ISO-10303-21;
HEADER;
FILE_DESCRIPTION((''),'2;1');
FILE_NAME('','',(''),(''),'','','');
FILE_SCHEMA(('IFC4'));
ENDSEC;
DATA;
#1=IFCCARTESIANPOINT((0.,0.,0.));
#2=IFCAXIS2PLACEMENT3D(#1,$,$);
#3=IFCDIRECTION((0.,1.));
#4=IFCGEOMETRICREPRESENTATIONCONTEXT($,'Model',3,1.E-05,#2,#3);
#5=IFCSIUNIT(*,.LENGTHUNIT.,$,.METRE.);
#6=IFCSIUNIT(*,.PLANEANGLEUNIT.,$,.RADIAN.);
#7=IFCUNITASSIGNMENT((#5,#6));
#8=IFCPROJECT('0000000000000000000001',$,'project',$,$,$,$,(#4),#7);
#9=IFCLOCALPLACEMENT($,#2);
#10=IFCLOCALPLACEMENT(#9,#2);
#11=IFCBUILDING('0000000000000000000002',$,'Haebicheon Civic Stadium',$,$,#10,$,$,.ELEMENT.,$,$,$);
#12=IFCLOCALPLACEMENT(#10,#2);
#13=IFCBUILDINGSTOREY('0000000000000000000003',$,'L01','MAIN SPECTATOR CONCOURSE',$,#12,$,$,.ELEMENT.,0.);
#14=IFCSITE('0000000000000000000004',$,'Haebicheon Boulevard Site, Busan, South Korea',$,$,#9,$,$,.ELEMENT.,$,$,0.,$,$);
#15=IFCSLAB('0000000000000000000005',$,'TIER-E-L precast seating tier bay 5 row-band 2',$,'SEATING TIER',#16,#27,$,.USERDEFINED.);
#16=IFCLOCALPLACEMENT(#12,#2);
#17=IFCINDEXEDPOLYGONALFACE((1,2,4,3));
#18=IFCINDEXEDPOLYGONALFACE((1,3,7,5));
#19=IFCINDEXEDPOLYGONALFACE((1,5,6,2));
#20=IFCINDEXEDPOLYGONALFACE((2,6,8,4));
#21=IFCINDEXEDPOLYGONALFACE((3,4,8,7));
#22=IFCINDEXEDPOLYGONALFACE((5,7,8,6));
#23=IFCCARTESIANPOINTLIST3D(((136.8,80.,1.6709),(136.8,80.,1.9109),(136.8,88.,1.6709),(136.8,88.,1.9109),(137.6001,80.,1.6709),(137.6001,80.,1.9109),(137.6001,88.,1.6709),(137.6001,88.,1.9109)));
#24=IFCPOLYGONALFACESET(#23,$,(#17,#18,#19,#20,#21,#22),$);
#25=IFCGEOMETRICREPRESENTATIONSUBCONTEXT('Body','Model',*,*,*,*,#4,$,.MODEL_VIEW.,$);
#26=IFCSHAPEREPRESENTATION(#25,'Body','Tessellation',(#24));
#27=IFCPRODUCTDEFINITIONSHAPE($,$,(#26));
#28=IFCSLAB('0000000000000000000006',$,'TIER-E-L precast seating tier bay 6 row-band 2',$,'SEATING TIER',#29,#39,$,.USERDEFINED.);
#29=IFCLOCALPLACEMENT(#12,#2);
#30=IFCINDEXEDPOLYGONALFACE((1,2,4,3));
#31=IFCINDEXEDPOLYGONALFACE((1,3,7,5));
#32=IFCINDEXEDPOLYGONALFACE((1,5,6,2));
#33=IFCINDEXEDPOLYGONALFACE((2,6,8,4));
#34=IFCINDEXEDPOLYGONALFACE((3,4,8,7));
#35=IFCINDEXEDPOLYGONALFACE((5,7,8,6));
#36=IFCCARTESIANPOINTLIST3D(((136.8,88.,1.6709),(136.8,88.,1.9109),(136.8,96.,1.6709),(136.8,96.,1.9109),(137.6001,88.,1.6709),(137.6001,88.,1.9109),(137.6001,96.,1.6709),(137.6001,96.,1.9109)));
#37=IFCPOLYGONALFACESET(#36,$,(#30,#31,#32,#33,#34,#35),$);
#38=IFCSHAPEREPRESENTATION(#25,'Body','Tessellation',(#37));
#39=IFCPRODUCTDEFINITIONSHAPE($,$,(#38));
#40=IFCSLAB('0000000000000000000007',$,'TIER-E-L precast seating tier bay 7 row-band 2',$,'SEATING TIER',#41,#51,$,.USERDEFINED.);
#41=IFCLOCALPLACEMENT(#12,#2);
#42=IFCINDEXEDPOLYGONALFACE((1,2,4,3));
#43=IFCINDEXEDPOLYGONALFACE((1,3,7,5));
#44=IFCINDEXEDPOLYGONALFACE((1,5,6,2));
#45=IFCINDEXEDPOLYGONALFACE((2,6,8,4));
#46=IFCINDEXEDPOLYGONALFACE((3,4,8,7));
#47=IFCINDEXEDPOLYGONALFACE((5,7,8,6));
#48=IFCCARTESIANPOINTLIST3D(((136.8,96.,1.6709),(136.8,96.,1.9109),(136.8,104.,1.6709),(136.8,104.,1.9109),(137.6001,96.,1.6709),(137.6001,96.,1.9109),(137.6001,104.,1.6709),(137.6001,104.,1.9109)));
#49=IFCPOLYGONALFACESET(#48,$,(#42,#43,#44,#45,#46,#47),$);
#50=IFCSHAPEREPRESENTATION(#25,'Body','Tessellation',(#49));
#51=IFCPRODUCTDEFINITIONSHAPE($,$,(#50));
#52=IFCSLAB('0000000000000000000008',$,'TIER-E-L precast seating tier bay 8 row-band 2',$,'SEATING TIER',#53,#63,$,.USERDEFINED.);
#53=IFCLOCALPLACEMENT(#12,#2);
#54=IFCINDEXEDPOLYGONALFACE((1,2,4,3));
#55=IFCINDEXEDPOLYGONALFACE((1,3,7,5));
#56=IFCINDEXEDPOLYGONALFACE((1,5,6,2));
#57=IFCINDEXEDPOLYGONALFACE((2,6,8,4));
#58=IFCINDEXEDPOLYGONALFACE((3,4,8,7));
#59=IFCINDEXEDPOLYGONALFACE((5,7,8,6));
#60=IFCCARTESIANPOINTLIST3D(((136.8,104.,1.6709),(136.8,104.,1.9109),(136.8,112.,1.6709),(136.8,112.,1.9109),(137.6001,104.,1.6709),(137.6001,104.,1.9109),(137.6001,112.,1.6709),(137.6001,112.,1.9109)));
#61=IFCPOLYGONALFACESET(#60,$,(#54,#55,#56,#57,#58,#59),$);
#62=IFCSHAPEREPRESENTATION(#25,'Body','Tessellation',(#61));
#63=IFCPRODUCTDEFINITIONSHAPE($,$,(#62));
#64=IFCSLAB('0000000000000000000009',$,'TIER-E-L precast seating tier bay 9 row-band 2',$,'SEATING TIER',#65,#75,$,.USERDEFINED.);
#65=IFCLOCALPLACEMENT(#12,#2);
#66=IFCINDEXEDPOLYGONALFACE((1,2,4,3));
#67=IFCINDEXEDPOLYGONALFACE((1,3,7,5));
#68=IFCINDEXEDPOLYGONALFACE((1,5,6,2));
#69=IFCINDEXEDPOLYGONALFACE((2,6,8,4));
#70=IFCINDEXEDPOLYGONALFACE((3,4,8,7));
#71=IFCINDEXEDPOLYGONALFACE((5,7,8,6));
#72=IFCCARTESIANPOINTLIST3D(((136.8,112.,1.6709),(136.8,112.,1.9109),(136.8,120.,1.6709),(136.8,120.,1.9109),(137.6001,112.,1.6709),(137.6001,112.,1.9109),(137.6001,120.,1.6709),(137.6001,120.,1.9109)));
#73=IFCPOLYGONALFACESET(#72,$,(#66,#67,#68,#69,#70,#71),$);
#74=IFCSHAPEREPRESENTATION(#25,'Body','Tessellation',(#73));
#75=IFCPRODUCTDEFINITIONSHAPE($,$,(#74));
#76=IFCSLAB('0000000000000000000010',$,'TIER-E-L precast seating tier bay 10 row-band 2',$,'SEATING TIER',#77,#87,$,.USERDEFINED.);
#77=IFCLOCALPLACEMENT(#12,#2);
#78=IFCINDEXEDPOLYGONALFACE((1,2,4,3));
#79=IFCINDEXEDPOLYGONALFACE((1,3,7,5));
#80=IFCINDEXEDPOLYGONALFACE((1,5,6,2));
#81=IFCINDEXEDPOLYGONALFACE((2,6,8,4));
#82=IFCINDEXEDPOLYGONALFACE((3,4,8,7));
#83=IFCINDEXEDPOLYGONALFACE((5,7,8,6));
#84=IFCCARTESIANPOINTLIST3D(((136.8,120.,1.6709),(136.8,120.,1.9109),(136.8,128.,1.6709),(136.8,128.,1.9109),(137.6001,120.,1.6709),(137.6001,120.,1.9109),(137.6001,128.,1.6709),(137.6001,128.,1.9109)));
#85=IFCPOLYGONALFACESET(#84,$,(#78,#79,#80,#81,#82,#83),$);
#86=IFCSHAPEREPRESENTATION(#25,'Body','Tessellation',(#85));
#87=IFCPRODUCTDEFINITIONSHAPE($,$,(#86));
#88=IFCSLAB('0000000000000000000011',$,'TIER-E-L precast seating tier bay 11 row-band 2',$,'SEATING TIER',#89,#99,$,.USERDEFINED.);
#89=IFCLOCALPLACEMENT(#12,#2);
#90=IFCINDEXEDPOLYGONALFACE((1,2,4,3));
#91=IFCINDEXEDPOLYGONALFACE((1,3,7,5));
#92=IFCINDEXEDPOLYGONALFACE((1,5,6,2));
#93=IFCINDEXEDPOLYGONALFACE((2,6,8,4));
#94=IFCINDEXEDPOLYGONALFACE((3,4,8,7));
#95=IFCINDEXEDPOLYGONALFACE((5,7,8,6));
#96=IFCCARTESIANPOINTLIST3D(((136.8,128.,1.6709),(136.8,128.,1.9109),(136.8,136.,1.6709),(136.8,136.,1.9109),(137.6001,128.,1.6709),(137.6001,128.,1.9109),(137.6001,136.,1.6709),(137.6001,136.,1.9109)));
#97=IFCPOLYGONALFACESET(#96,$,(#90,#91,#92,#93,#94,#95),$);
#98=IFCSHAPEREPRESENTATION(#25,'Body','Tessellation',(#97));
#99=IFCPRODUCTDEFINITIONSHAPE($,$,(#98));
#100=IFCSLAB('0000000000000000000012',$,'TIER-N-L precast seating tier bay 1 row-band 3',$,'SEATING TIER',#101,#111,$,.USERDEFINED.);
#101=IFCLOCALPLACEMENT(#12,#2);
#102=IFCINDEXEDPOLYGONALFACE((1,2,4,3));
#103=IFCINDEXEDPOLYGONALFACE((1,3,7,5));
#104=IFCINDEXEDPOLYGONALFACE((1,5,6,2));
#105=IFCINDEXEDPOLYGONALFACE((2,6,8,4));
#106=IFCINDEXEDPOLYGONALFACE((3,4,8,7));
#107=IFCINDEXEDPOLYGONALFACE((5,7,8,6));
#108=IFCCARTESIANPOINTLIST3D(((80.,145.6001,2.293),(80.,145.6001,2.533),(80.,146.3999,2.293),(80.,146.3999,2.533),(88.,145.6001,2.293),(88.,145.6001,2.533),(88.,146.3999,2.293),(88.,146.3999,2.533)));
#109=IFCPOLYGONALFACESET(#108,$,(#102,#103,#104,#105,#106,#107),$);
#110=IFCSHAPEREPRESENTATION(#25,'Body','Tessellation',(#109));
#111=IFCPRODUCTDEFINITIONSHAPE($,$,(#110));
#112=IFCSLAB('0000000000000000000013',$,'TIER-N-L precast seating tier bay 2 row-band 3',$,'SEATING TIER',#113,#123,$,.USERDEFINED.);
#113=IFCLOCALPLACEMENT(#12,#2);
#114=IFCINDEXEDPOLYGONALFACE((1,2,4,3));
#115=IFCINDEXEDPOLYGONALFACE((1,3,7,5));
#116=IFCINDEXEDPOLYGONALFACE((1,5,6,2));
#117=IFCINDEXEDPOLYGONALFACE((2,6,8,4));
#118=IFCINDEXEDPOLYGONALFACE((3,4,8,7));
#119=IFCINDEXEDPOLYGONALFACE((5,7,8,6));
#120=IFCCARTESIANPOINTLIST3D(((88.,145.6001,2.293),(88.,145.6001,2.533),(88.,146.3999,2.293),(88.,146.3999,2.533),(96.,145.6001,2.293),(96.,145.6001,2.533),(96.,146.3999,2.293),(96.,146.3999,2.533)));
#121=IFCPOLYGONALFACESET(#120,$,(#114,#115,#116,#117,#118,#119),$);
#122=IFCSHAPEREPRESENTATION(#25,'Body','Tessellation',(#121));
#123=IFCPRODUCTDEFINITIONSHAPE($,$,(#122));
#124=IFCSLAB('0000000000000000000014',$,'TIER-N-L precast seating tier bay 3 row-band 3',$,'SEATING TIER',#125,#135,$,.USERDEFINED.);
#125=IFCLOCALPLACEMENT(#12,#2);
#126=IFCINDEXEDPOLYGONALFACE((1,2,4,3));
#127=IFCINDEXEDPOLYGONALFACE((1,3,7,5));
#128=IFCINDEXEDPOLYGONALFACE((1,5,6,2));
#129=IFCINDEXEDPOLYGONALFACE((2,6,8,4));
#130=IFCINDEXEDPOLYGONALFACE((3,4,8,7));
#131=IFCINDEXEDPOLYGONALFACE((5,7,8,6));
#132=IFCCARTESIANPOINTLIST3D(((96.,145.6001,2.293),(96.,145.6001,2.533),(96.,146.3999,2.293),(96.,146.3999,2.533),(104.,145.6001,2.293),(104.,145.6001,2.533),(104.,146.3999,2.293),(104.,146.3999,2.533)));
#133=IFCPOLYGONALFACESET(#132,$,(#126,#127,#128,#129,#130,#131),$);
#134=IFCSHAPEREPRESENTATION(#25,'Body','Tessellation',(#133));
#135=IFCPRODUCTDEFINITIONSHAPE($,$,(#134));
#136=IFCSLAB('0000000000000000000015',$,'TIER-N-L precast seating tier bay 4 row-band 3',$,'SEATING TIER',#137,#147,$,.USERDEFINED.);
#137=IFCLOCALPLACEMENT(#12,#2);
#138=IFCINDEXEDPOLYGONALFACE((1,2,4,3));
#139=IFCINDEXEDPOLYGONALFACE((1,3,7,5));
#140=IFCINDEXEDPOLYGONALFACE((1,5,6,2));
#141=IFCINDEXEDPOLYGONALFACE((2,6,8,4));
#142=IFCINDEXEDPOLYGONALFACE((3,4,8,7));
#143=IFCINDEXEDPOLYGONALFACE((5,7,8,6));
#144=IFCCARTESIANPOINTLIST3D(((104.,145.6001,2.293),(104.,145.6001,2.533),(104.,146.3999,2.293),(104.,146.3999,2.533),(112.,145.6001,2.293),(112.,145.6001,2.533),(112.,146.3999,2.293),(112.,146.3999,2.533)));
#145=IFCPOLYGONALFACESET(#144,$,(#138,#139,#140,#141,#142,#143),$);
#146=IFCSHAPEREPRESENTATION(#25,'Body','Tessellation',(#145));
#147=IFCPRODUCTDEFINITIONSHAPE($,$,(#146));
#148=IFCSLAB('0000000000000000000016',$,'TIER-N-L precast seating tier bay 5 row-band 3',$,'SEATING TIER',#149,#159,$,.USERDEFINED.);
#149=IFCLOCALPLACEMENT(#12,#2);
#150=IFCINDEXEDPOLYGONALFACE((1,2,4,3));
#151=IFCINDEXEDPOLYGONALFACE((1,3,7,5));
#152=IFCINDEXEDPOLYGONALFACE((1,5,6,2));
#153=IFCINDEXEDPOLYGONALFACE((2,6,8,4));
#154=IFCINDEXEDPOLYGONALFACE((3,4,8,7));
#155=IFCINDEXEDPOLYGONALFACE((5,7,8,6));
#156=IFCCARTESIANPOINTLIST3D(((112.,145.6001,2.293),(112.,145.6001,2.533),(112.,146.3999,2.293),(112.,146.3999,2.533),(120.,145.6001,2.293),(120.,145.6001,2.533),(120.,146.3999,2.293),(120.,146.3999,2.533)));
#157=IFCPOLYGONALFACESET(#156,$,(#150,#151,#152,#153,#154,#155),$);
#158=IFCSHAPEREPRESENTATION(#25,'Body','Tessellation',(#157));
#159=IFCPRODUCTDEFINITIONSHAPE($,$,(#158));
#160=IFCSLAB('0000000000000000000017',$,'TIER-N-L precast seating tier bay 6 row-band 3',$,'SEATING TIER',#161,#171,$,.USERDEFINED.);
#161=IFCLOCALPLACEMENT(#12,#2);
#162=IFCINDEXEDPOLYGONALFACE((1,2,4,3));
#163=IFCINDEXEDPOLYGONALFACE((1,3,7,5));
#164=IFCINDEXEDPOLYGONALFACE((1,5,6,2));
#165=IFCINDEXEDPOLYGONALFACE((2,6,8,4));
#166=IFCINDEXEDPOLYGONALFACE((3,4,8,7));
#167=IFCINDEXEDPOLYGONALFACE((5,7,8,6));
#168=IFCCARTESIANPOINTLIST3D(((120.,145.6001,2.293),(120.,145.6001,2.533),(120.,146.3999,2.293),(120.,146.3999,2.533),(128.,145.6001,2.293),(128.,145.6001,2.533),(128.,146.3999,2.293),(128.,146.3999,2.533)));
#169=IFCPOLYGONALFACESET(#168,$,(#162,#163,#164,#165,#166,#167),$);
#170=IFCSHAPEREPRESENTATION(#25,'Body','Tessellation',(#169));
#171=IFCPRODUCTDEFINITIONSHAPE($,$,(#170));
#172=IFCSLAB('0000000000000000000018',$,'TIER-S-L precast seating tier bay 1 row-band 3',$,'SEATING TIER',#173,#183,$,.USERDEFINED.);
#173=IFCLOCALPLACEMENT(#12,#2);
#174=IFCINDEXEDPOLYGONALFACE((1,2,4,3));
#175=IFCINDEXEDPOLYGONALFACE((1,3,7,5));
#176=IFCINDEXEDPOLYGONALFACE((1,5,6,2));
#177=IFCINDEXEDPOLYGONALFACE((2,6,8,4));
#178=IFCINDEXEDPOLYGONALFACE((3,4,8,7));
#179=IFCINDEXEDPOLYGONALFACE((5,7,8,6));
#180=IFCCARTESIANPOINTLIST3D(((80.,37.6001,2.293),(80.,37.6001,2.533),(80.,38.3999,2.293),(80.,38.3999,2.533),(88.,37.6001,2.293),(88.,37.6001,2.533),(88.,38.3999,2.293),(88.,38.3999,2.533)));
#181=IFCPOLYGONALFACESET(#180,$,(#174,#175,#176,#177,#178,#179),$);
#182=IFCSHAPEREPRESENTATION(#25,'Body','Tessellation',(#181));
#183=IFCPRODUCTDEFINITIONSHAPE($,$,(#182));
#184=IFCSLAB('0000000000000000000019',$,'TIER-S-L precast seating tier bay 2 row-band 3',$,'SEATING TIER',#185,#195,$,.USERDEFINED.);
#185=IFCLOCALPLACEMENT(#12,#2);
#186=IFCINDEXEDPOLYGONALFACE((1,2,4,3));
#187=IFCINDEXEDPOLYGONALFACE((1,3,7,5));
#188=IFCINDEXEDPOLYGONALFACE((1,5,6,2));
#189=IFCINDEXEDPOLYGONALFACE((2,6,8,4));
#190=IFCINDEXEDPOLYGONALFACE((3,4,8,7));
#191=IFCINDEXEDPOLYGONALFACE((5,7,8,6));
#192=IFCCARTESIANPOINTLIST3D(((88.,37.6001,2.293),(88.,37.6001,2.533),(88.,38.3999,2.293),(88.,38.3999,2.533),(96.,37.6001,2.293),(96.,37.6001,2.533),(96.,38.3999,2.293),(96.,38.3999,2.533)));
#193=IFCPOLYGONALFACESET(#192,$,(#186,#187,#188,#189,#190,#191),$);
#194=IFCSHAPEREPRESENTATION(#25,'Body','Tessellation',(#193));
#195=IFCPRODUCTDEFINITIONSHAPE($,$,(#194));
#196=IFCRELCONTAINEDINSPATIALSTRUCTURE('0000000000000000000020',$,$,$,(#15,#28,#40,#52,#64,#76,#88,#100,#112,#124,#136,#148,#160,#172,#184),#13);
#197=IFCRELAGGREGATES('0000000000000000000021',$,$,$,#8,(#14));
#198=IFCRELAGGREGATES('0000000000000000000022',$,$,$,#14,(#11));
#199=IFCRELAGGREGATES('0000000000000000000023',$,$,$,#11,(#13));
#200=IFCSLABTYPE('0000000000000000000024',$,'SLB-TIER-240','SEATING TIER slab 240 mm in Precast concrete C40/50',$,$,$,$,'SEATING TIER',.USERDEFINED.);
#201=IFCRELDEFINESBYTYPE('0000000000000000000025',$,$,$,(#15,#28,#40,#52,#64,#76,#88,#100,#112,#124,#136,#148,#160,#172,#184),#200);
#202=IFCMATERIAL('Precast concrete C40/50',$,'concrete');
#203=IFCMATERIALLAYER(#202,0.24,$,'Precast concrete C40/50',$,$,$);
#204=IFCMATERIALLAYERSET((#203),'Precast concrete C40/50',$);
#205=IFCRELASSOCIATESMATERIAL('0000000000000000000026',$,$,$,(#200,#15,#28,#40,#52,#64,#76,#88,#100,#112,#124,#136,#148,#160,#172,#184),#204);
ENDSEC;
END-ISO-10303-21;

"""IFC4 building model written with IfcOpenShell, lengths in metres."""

from ifc_helpers import new_model, si_unit, direction, frame, origin, place, context, subcontext, project, spatial, polyline, outline, extrude, material, layer, layer_set, type_object, element, save


model = new_model("IFC4")

# Units and contexts
model_context = context("Model", 3, precision=1e-05, world=origin(), true_north=direction((0.0, 1.0)))
body_context = subcontext(model_context, "Body", "Model", "MODEL_VIEW")
ifc_project = project(units=[si_unit("LENGTHUNIT", "METRE"), si_unit("PLANEANGLEUNIT", "RADIAN")], contexts=[model_context])

# Site, building, storey
site_placement = place(None, origin())
site = spatial("IfcSite", under=ifc_project, at=site_placement, Name="Haebicheon Boulevard Site, Busan, South Korea", CompositionType="ELEMENT", RefElevation=0.0)
building_placement = place(site_placement, origin())
building = spatial("IfcBuilding", under=site, at=building_placement, Name="Haebicheon Civic Stadium", CompositionType="ELEMENT")
storey_placement = place(building_placement, origin())
storey = spatial("IfcBuildingStorey", under=building, at=storey_placement, Name="L01", Description="MAIN SPECTATOR CONCOURSE", CompositionType="ELEMENT", Elevation=0.0)

# Slabs
ifc_material = material(Name="Precast concrete C40/50", Category="concrete")
ifc_layer = layer(ifc_material, 0.24, Name="Precast concrete C40/50")
ifc_layer_set = layer_set([ifc_layer], Name="Precast concrete C40/50")
slab_type = type_object("IfcSlabType", Name="SLB-TIER-240", Description="SEATING TIER slab 240 mm in Precast concrete C40/50", ElementType="SEATING TIER", PredefinedType="USERDEFINED", material=ifc_layer_set)
slab_1_placement = place(storey_placement, frame((0.0, 0.0, 1.6709)))
element("IfcSlab", 1, at=slab_1_placement, inside=storey, type_object=slab_type, material=ifc_layer_set, Name="TIER-E-L precast seating tier bay 5 row-band 2", ObjectType="SEATING TIER", PredefinedType="USERDEFINED", context=body_context, shape_type="SweptSolid", body=[
    extrude(outline(polyline([(136.8, 80.0), (137.6001, 80.0), (137.6001, 88.0), (136.8, 88.0), (136.8, 80.0)])), origin(), (0.0, 0.0, 1.0), 0.24),
])
slab_2_placement = place(storey_placement, frame((0.0, 0.0, 1.6709)))
element("IfcSlab", 2, at=slab_2_placement, inside=storey, type_object=slab_type, material=ifc_layer_set, Name="TIER-E-L precast seating tier bay 6 row-band 2", ObjectType="SEATING TIER", PredefinedType="USERDEFINED", context=body_context, shape_type="SweptSolid", body=[
    extrude(outline(polyline([(136.8, 88.0), (137.6001, 88.0), (137.6001, 96.0), (136.8, 96.0), (136.8, 88.0)])), origin(), (0.0, 0.0, 1.0), 0.24),
])
slab_3_placement = place(storey_placement, frame((0.0, 0.0, 1.6709)))
element("IfcSlab", 3, at=slab_3_placement, inside=storey, type_object=slab_type, material=ifc_layer_set, Name="TIER-E-L precast seating tier bay 7 row-band 2", ObjectType="SEATING TIER", PredefinedType="USERDEFINED", context=body_context, shape_type="SweptSolid", body=[
    extrude(outline(polyline([(136.8, 96.0), (137.6001, 96.0), (137.6001, 104.0), (136.8, 104.0), (136.8, 96.0)])), origin(), (0.0, 0.0, 1.0), 0.24),
])
slab_4_placement = place(storey_placement, frame((0.0, 0.0, 1.6709)))
element("IfcSlab", 4, at=slab_4_placement, inside=storey, type_object=slab_type, material=ifc_layer_set, Name="TIER-E-L precast seating tier bay 8 row-band 2", ObjectType="SEATING TIER", PredefinedType="USERDEFINED", context=body_context, shape_type="SweptSolid", body=[
    extrude(outline(polyline([(136.8, 104.0), (137.6001, 104.0), (137.6001, 112.0), (136.8, 112.0), (136.8, 104.0)])), origin(), (0.0, 0.0, 1.0), 0.24),
])
slab_5_placement = place(storey_placement, frame((0.0, 0.0, 1.6709)))
element("IfcSlab", 5, at=slab_5_placement, inside=storey, type_object=slab_type, material=ifc_layer_set, Name="TIER-E-L precast seating tier bay 9 row-band 2", ObjectType="SEATING TIER", PredefinedType="USERDEFINED", context=body_context, shape_type="SweptSolid", body=[
    extrude(outline(polyline([(136.8, 112.0), (137.6001, 112.0), (137.6001, 120.0), (136.8, 120.0), (136.8, 112.0)])), origin(), (0.0, 0.0, 1.0), 0.24),
])
slab_6_placement = place(storey_placement, frame((0.0, 0.0, 1.6709)))
element("IfcSlab", 6, at=slab_6_placement, inside=storey, type_object=slab_type, material=ifc_layer_set, Name="TIER-E-L precast seating tier bay 10 row-band 2", ObjectType="SEATING TIER", PredefinedType="USERDEFINED", context=body_context, shape_type="SweptSolid", body=[
    extrude(outline(polyline([(136.8, 120.0), (137.6001, 120.0), (137.6001, 128.0), (136.8, 128.0), (136.8, 120.0)])), origin(), (0.0, 0.0, 1.0), 0.24),
])
slab_7_placement = place(storey_placement, frame((0.0, 0.0, 1.6709)))
element("IfcSlab", 7, at=slab_7_placement, inside=storey, type_object=slab_type, material=ifc_layer_set, Name="TIER-E-L precast seating tier bay 11 row-band 2", ObjectType="SEATING TIER", PredefinedType="USERDEFINED", context=body_context, shape_type="SweptSolid", body=[
    extrude(outline(polyline([(136.8, 128.0), (137.6001, 128.0), (137.6001, 136.0), (136.8, 136.0), (136.8, 128.0)])), origin(), (0.0, 0.0, 1.0), 0.24),
])
slab_8_placement = place(storey_placement, frame((0.0, 0.0, 2.293)))
element("IfcSlab", 8, at=slab_8_placement, inside=storey, type_object=slab_type, material=ifc_layer_set, Name="TIER-N-L precast seating tier bay 1 row-band 3", ObjectType="SEATING TIER", PredefinedType="USERDEFINED", context=body_context, shape_type="SweptSolid", body=[
    extrude(outline(polyline([(80.0, 145.6001), (88.0, 145.6001), (88.0, 146.3999), (80.0, 146.3999), (80.0, 145.6001)])), origin(), (0.0, 0.0, 1.0), 0.24),
])
slab_9_placement = place(storey_placement, frame((0.0, 0.0, 2.293)))
element("IfcSlab", 9, at=slab_9_placement, inside=storey, type_object=slab_type, material=ifc_layer_set, Name="TIER-N-L precast seating tier bay 2 row-band 3", ObjectType="SEATING TIER", PredefinedType="USERDEFINED", context=body_context, shape_type="SweptSolid", body=[
    extrude(outline(polyline([(88.0, 145.6001), (96.0, 145.6001), (96.0, 146.3999), (88.0, 146.3999), (88.0, 145.6001)])), origin(), (0.0, 0.0, 1.0), 0.24),
])
slab_10_placement = place(storey_placement, frame((0.0, 0.0, 2.293)))
element("IfcSlab", 10, at=slab_10_placement, inside=storey, type_object=slab_type, material=ifc_layer_set, Name="TIER-N-L precast seating tier bay 3 row-band 3", ObjectType="SEATING TIER", PredefinedType="USERDEFINED", context=body_context, shape_type="SweptSolid", body=[
    extrude(outline(polyline([(96.0, 145.6001), (104.0, 145.6001), (104.0, 146.3999), (96.0, 146.3999), (96.0, 145.6001)])), origin(), (0.0, 0.0, 1.0), 0.24),
])
slab_11_placement = place(storey_placement, frame((0.0, 0.0, 2.293)))
element("IfcSlab", 11, at=slab_11_placement, inside=storey, type_object=slab_type, material=ifc_layer_set, Name="TIER-N-L precast seating tier bay 4 row-band 3", ObjectType="SEATING TIER", PredefinedType="USERDEFINED", context=body_context, shape_type="SweptSolid", body=[
    extrude(outline(polyline([(104.0, 145.6001), (112.0, 145.6001), (112.0, 146.3999), (104.0, 146.3999), (104.0, 145.6001)])), origin(), (0.0, 0.0, 1.0), 0.24),
])
slab_12_placement = place(storey_placement, frame((0.0, 0.0, 2.293)))
element("IfcSlab", 12, at=slab_12_placement, inside=storey, type_object=slab_type, material=ifc_layer_set, Name="TIER-N-L precast seating tier bay 5 row-band 3", ObjectType="SEATING TIER", PredefinedType="USERDEFINED", context=body_context, shape_type="SweptSolid", body=[
    extrude(outline(polyline([(112.0, 145.6001), (120.0, 145.6001), (120.0, 146.3999), (112.0, 146.3999), (112.0, 145.6001)])), origin(), (0.0, 0.0, 1.0), 0.24),
])
slab_13_placement = place(storey_placement, frame((0.0, 0.0, 2.293)))
element("IfcSlab", 13, at=slab_13_placement, inside=storey, type_object=slab_type, material=ifc_layer_set, Name="TIER-N-L precast seating tier bay 6 row-band 3", ObjectType="SEATING TIER", PredefinedType="USERDEFINED", context=body_context, shape_type="SweptSolid", body=[
    extrude(outline(polyline([(120.0, 145.6001), (128.0, 145.6001), (128.0, 146.3999), (120.0, 146.3999), (120.0, 145.6001)])), origin(), (0.0, 0.0, 1.0), 0.24),
])
slab_14_placement = place(storey_placement, frame((0.0, 0.0, 2.293)))
element("IfcSlab", 14, at=slab_14_placement, inside=storey, type_object=slab_type, material=ifc_layer_set, Name="TIER-S-L precast seating tier bay 1 row-band 3", ObjectType="SEATING TIER", PredefinedType="USERDEFINED", context=body_context, shape_type="SweptSolid", body=[
    extrude(outline(polyline([(80.0, 37.6001), (88.0, 37.6001), (88.0, 38.3999), (80.0, 38.3999), (80.0, 37.6001)])), origin(), (0.0, 0.0, 1.0), 0.24),
])
slab_15_placement = place(storey_placement, frame((0.0, 0.0, 2.293)))
element("IfcSlab", 15, at=slab_15_placement, inside=storey, type_object=slab_type, material=ifc_layer_set, Name="TIER-S-L precast seating tier bay 2 row-band 3", ObjectType="SEATING TIER", PredefinedType="USERDEFINED", context=body_context, shape_type="SweptSolid", body=[
    extrude(outline(polyline([(88.0, 37.6001), (96.0, 37.6001), (96.0, 38.3999), (88.0, 38.3999), (88.0, 37.6001)])), origin(), (0.0, 0.0, 1.0), 0.24),
])

save(model, "model.ifc")
